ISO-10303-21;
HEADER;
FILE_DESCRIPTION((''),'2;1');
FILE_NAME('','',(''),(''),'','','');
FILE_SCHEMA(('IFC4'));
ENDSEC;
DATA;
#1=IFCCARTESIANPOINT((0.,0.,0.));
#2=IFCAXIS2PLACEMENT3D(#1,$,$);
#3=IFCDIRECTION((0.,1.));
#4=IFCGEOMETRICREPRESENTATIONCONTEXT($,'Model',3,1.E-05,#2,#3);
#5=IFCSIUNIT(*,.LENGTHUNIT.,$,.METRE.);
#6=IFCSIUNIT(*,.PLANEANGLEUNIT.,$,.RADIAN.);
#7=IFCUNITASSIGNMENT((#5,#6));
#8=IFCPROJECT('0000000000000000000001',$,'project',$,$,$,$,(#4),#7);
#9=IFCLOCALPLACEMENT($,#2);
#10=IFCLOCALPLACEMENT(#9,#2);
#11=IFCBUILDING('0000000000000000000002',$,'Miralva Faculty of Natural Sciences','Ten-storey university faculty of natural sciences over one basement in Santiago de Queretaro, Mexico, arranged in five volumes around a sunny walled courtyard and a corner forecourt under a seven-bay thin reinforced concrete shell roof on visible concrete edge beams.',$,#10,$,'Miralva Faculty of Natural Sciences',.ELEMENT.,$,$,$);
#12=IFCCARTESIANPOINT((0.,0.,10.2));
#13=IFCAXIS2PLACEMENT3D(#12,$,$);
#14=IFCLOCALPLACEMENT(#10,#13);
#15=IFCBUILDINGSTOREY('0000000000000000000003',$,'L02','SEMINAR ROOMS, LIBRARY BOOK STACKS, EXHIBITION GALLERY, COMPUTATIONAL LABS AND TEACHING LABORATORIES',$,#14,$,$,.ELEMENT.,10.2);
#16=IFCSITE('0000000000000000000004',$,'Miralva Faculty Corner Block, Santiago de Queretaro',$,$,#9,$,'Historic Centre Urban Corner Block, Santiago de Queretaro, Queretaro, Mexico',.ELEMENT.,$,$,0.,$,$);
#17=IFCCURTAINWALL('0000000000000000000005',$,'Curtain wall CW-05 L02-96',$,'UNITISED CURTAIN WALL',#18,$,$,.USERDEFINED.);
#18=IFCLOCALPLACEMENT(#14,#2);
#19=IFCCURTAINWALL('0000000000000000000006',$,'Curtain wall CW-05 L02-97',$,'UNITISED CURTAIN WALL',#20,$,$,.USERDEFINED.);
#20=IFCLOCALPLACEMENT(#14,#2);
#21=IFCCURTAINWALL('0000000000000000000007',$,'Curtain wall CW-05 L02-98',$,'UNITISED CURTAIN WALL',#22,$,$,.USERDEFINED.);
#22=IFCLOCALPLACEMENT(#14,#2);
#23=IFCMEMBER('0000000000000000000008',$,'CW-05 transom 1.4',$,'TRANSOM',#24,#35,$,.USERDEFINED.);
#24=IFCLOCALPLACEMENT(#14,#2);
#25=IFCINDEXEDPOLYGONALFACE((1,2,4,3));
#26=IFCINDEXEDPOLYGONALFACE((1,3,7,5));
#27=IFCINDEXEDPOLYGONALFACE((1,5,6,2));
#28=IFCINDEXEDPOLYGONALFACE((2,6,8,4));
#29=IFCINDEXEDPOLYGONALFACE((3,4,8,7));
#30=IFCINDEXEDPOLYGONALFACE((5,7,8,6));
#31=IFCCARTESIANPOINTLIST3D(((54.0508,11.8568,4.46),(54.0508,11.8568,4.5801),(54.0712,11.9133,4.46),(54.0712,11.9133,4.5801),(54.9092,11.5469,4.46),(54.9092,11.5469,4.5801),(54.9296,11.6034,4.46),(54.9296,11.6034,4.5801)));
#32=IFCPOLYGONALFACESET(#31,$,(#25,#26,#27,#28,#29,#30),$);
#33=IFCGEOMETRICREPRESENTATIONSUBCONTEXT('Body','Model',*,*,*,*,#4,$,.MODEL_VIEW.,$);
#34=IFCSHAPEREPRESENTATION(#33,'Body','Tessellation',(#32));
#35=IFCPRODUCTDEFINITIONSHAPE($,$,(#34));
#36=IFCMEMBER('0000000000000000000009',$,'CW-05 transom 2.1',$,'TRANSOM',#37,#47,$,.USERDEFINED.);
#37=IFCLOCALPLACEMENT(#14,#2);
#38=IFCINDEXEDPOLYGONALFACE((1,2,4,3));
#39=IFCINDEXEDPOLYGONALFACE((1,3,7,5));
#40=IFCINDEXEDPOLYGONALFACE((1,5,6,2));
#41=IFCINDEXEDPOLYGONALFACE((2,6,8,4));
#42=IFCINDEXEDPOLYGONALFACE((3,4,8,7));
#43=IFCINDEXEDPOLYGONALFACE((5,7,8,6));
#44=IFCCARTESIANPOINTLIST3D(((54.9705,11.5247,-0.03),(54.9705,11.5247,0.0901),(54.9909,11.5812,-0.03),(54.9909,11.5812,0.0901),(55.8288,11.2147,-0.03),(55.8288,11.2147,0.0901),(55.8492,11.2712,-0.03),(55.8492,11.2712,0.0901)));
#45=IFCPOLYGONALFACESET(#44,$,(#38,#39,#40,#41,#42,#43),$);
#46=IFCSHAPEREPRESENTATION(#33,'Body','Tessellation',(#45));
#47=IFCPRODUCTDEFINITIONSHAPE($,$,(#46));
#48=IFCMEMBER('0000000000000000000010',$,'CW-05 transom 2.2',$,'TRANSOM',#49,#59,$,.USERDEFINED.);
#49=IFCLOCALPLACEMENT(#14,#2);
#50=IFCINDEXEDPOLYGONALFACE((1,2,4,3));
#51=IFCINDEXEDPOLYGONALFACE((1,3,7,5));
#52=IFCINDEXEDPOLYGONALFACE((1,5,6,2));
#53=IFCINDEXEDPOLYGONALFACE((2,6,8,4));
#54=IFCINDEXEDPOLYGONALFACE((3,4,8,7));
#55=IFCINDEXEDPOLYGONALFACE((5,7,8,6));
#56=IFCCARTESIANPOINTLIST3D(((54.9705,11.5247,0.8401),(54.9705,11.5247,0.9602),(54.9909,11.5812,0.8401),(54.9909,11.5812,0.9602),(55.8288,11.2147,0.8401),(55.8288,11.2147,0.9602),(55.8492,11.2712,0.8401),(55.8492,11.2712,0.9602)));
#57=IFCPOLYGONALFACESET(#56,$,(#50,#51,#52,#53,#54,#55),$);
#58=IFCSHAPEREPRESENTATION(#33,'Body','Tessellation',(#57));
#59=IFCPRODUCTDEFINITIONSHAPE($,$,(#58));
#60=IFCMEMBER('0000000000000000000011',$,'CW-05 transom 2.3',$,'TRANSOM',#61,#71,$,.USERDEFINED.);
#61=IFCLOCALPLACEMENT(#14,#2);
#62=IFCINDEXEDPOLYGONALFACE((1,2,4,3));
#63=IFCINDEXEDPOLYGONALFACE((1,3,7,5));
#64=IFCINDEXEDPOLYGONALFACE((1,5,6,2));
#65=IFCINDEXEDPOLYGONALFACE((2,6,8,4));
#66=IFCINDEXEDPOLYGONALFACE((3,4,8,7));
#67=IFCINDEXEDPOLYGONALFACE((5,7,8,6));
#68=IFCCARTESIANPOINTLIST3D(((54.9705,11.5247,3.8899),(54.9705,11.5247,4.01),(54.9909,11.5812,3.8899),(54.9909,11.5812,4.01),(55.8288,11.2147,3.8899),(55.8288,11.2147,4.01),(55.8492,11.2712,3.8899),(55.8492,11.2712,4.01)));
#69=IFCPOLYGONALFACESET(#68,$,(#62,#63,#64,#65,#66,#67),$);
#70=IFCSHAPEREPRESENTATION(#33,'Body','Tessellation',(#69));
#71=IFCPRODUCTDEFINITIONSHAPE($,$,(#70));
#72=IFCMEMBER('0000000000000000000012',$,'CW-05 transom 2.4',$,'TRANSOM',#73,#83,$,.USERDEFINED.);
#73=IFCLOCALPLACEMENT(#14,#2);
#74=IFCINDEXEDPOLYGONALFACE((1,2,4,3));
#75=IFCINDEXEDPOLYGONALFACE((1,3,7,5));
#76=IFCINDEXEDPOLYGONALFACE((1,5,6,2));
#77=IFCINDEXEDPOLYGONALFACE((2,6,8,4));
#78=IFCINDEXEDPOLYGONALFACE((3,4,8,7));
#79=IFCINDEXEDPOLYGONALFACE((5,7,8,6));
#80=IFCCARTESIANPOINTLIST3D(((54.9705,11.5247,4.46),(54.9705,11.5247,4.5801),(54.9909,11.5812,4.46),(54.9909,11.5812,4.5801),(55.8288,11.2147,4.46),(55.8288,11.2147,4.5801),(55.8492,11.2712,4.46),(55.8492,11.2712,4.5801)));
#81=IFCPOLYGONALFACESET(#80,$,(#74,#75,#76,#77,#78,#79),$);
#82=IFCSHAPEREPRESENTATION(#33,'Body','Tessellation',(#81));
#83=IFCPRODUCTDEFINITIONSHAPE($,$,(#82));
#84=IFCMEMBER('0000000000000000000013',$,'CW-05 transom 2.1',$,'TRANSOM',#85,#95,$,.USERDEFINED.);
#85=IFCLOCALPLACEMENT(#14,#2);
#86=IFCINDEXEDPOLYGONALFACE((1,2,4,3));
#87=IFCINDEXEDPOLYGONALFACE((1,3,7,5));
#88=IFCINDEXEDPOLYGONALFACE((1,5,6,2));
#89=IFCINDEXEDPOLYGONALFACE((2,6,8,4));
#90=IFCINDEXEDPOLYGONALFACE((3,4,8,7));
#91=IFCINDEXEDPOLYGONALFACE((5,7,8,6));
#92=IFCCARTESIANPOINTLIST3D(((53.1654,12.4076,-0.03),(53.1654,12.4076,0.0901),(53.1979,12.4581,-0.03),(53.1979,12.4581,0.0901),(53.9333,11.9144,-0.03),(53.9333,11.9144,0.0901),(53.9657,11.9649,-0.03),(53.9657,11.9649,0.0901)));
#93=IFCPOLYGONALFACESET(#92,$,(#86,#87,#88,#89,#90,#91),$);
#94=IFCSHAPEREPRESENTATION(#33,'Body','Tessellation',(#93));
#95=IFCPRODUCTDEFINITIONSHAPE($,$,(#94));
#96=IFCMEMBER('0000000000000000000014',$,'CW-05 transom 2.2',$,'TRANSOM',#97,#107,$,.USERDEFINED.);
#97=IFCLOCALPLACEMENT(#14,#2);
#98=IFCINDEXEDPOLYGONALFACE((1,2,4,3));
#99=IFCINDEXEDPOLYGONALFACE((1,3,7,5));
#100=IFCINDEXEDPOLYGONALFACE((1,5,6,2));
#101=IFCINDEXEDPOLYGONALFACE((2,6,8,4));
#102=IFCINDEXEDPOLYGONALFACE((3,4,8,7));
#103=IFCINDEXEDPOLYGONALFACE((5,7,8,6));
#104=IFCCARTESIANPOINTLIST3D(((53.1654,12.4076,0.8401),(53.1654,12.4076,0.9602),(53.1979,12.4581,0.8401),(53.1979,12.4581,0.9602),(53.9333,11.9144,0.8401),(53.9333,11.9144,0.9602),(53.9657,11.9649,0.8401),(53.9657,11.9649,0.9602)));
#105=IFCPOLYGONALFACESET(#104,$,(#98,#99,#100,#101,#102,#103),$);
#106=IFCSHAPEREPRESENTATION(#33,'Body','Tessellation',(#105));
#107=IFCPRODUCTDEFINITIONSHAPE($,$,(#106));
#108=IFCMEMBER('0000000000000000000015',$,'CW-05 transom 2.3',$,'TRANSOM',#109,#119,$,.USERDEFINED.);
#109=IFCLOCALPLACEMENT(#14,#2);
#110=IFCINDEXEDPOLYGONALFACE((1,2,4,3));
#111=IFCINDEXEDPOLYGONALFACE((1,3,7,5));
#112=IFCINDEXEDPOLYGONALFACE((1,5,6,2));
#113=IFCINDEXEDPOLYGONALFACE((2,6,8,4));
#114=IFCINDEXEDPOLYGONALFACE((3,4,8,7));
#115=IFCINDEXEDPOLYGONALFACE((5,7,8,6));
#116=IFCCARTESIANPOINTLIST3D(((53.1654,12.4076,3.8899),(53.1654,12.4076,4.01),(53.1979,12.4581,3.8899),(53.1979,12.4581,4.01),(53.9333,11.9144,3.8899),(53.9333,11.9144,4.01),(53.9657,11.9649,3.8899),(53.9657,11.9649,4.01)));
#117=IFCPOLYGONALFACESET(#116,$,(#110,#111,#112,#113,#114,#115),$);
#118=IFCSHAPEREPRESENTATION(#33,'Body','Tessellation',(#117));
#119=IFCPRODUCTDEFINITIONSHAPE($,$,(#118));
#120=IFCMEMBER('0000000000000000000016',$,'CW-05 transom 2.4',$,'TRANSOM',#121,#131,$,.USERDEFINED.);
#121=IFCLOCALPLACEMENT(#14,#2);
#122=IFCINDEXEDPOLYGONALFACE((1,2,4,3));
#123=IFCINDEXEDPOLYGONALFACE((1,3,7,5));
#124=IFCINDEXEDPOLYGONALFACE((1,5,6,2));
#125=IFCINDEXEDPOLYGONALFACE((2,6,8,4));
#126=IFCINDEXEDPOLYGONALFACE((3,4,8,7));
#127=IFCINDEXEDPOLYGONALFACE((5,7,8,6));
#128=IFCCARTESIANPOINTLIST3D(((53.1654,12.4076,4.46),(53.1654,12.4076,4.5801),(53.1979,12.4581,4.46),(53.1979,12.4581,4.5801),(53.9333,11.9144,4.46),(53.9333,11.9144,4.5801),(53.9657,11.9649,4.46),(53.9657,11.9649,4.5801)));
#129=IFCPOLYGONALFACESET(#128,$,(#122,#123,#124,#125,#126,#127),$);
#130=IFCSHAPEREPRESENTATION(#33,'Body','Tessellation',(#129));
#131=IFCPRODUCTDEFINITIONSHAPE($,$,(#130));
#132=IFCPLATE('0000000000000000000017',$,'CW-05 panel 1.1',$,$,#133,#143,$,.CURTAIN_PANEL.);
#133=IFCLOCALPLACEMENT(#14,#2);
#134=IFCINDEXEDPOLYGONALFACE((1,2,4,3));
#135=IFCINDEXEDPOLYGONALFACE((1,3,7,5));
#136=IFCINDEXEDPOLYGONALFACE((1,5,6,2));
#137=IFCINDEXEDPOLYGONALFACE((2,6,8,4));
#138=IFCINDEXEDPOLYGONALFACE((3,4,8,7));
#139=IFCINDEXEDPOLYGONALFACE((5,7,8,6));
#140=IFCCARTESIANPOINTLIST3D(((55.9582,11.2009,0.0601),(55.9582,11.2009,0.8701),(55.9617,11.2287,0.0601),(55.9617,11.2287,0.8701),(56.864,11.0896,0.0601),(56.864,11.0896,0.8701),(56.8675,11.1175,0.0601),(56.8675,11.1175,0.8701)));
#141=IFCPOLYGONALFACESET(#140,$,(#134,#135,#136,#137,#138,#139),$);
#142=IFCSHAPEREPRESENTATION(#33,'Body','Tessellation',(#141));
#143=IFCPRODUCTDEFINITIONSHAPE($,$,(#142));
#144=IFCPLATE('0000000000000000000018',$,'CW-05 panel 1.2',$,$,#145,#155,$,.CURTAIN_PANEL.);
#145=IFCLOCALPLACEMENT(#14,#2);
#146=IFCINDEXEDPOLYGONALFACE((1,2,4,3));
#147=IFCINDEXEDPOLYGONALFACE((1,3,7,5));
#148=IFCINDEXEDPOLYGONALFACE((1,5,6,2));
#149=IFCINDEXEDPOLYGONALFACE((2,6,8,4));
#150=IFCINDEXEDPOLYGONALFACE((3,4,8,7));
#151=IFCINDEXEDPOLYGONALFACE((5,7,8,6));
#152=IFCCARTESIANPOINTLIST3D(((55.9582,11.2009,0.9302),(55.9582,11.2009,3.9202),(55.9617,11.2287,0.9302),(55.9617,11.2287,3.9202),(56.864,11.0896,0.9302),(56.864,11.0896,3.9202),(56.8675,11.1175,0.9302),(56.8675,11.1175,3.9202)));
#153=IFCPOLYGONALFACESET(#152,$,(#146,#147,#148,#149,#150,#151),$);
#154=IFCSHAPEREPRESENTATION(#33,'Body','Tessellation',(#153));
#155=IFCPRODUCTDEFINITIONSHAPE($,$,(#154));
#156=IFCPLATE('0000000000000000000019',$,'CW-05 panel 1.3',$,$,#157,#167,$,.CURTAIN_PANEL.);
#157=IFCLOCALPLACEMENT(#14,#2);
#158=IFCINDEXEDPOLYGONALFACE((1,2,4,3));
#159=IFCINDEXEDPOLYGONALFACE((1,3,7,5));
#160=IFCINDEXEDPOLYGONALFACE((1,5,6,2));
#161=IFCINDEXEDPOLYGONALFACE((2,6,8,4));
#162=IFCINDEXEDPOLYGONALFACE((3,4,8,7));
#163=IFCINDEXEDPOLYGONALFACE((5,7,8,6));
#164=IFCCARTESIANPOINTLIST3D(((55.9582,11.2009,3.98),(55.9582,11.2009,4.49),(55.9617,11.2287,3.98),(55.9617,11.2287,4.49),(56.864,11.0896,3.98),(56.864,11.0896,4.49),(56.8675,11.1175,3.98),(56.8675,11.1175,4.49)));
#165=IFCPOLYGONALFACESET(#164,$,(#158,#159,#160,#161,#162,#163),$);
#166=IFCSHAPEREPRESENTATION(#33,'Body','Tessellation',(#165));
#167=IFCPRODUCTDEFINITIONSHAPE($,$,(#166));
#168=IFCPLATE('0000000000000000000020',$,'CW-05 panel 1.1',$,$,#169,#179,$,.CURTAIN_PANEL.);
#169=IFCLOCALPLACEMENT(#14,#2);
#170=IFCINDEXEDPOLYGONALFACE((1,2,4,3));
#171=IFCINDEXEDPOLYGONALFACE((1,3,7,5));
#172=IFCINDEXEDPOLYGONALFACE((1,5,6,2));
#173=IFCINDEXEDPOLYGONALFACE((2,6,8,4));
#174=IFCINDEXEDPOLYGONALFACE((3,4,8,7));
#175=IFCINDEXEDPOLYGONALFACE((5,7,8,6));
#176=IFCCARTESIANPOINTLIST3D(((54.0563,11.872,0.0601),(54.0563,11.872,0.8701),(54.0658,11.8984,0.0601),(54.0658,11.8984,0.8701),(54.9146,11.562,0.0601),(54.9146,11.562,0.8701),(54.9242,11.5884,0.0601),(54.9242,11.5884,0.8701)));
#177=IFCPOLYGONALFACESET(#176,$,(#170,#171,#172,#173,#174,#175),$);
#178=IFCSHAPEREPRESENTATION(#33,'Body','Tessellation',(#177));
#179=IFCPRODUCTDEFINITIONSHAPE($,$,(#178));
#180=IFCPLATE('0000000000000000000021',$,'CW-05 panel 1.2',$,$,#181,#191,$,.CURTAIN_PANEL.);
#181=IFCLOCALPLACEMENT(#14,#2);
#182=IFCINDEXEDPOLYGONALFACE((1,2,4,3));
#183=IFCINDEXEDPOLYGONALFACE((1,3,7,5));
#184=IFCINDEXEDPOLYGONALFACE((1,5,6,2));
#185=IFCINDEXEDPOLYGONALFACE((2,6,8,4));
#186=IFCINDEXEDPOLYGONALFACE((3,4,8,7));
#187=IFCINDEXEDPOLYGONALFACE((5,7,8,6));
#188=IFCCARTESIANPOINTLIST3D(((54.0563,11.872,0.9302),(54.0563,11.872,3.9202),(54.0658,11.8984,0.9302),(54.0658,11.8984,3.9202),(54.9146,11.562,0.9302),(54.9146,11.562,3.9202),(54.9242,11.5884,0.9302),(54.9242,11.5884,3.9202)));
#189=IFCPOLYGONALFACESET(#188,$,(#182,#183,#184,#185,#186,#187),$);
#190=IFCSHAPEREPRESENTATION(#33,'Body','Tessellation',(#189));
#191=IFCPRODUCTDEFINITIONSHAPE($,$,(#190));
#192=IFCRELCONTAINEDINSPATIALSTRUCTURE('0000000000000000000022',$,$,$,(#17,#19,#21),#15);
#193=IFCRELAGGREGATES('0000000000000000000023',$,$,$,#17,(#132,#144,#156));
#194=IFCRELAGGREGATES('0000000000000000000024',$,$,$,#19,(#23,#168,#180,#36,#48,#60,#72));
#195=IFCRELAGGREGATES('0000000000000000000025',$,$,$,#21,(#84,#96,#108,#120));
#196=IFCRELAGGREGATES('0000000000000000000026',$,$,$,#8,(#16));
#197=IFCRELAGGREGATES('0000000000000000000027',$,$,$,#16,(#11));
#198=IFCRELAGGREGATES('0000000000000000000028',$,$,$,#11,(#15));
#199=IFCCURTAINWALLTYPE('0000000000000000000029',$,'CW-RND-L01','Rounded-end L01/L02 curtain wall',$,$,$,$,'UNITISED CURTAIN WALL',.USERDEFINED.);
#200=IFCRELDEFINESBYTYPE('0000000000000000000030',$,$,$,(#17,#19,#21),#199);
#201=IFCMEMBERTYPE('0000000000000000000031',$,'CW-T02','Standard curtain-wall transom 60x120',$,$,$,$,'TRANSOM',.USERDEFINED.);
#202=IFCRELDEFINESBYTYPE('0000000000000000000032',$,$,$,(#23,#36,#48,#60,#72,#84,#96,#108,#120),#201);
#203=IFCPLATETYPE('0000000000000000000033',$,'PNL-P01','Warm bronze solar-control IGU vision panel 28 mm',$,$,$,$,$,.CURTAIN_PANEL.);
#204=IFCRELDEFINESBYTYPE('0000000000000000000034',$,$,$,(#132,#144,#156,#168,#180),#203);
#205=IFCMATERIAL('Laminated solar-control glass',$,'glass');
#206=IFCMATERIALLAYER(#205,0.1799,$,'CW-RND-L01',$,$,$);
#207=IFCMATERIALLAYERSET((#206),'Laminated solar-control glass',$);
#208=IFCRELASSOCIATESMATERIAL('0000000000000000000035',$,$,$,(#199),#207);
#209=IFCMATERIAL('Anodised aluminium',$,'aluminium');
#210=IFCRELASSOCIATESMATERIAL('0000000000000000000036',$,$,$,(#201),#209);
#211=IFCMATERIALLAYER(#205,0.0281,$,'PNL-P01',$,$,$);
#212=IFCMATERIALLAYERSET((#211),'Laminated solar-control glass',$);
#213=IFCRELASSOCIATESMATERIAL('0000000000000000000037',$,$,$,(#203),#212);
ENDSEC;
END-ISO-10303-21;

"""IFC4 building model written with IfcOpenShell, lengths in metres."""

from ifc_helpers import new_model, si_unit, direction, frame, origin, origin_2d, place, context, subcontext, project, spatial, rectangle, extrude, material, layer, layer_set, material_profile, profile_set, type_object, element, aggregate, save


model = new_model("IFC4")

# Units and contexts
model_context = context("Model", 3, precision=1e-05, world=origin(), true_north=direction((0.0, 1.0)))
body_context = subcontext(model_context, "Body", "Model", "MODEL_VIEW")
ifc_project = project(units=[si_unit("LENGTHUNIT", "METRE"), si_unit("PLANEANGLEUNIT", "RADIAN")], contexts=[model_context])

# Site, building, storey
site_placement = place(None, origin())
site = spatial("IfcSite", under=ifc_project, at=site_placement, Name="Miralva Faculty Corner Block, Santiago de Queretaro", LongName="Historic Centre Urban Corner Block, Santiago de Queretaro, Queretaro, Mexico", CompositionType="ELEMENT", RefElevation=0.0)
building_placement = place(site_placement, origin())
building = spatial("IfcBuilding", under=site, at=building_placement, Name="Miralva Faculty of Natural Sciences", Description="Ten-storey university faculty of natural sciences over one basement in Santiago de Queretaro, Mexico, arranged in five volumes around a sunny walled courtyard and a corner forecourt under a seven-bay thin reinforced concrete shell roof on visible concrete edge beams.", LongName="Miralva Faculty of Natural Sciences", CompositionType="ELEMENT")
storey_placement = place(building_placement, frame((0.0, 0.0, 10.2)))
storey = spatial("IfcBuildingStorey", under=building, at=storey_placement, Name="L02", Description="SEMINAR ROOMS, LIBRARY BOOK STACKS, EXHIBITION GALLERY, COMPUTATIONAL LABS AND TEACHING LABORATORIES", CompositionType="ELEMENT", Elevation=10.2)

# Curtain walls
ifc_material_1 = material(Name="Laminated solar-control glass", Category="glass")
ifc_layer_1 = layer(ifc_material_1, 0.1799, Name="CW-RND-L01")
ifc_layer_set_1 = layer_set([ifc_layer_1], Name="Laminated solar-control glass")
curtain_wall_type = type_object("IfcCurtainWallType", Name="CW-RND-L01", Description="Rounded-end L01/L02 curtain wall", ElementType="UNITISED CURTAIN WALL", PredefinedType="USERDEFINED", material=ifc_layer_set_1)
curtain_wall_1_placement = place(storey_placement, origin())
curtain_wall_1 = element("IfcCurtainWall", 1, at=curtain_wall_1_placement, inside=storey, type_object=curtain_wall_type, Name="Curtain wall CW-05 L02-96", ObjectType="UNITISED CURTAIN WALL", PredefinedType="USERDEFINED")
ifc_material_2 = material(Name="Anodised aluminium", Category="aluminium")
curtain_wall_2_placement = place(storey_placement, origin())
curtain_wall_2 = element("IfcCurtainWall", 2, at=curtain_wall_2_placement, inside=storey, type_object=curtain_wall_type, Name="Curtain wall CW-05 L02-97", ObjectType="UNITISED CURTAIN WALL", PredefinedType="USERDEFINED")
curtain_wall_3_placement = place(storey_placement, origin())
curtain_wall_3 = element("IfcCurtainWall", 3, at=curtain_wall_3_placement, inside=storey, type_object=curtain_wall_type, Name="Curtain wall CW-05 L02-98", ObjectType="UNITISED CURTAIN WALL", PredefinedType="USERDEFINED")

# Members
ifc_material_profile_1 = material_profile(ifc_material_2, rectangle(XDim=0.0601, YDim=0.1201, at=origin_2d()), Name="TRANSOM 60x120")
ifc_profile_set_1 = profile_set([ifc_material_profile_1], Name="Anodised aluminium")
member_type_1 = type_object("IfcMemberType", Name="CW-T02", Description="Standard curtain-wall transom 60x120", ElementType="TRANSOM", PredefinedType="USERDEFINED", material=ifc_profile_set_1)
member_1_placement = place(storey_placement, frame((54.061, 11.885, 4.52), z_axis=(0.940611, -0.339487, 0.0), x_axis=(0.339487, 0.940611, 0.0)))
member_1 = element("IfcMember", 4, at=member_1_placement, type_object=member_type_1, Name="CW-05 transom 1.4", ObjectType="TRANSOM", PredefinedType="USERDEFINED", context=body_context, shape_type="SweptSolid", body=[
    extrude(rectangle(XDim=0.0601, YDim=0.1201, at=origin_2d()), origin(), (0.0, 0.0, 1.0), 0.9126),
])
member_2_placement = place(storey_placement, frame((54.9807, 11.553, 0.03), z_axis=(0.940525, -0.339723, 0.0), x_axis=(0.339723, 0.940525, 0.0)))
member_2 = element("IfcMember", 5, at=member_2_placement, type_object=member_type_1, Name="CW-05 transom 2.1", ObjectType="TRANSOM", PredefinedType="USERDEFINED", context=body_context, shape_type="SweptSolid", body=[
    extrude(rectangle(XDim=0.0601, YDim=0.1201, at=origin_2d()), origin(), (0.0, 0.0, 1.0), 0.9126),
])
member_3_placement = place(storey_placement, frame((54.9807, 11.553, 0.9001), z_axis=(0.940525, -0.339723, 0.0), x_axis=(0.339723, 0.940525, 0.0)))
member_3 = element("IfcMember", 6, at=member_3_placement, type_object=member_type_1, Name="CW-05 transom 2.2", ObjectType="TRANSOM", PredefinedType="USERDEFINED", context=body_context, shape_type="SweptSolid", body=[
    extrude(rectangle(XDim=0.0601, YDim=0.1201, at=origin_2d()), origin(), (0.0, 0.0, 1.0), 0.9126),
])
member_4_placement = place(storey_placement, frame((54.9807, 11.553, 3.95), z_axis=(0.940525, -0.339723, 0.0), x_axis=(0.339723, 0.940525, 0.0)))
member_4 = element("IfcMember", 7, at=member_4_placement, type_object=member_type_1, Name="CW-05 transom 2.3", ObjectType="TRANSOM", PredefinedType="USERDEFINED", context=body_context, shape_type="SweptSolid", body=[
    extrude(rectangle(XDim=0.0601, YDim=0.1201, at=origin_2d()), origin(), (0.0, 0.0, 1.0), 0.9126),
])
member_5_placement = place(storey_placement, frame((54.9807, 11.553, 4.52), z_axis=(0.940525, -0.339723, 0.0), x_axis=(0.339723, 0.940525, 0.0)))
member_5 = element("IfcMember", 8, at=member_5_placement, type_object=member_type_1, Name="CW-05 transom 2.4", ObjectType="TRANSOM", PredefinedType="USERDEFINED", context=body_context, shape_type="SweptSolid", body=[
    extrude(rectangle(XDim=0.0601, YDim=0.1201, at=origin_2d()), origin(), (0.0, 0.0, 1.0), 0.9126),
])
member_6_placement = place(storey_placement, frame((53.1816, 12.4329, 0.03), z_axis=(0.841396, -0.54042, 0.0), x_axis=(0.54042, 0.841396, 0.0)))
member_6 = element("IfcMember", 9, at=member_6_placement, type_object=member_type_1, Name="CW-05 transom 2.1", ObjectType="TRANSOM", PredefinedType="USERDEFINED", context=body_context, shape_type="SweptSolid", body=[
    extrude(rectangle(XDim=0.0601, YDim=0.1201, at=origin_2d()), origin(), (0.0, 0.0, 1.0), 0.9126),
])
member_7_placement = place(storey_placement, frame((53.1816, 12.4329, 0.9001), z_axis=(0.841396, -0.54042, 0.0), x_axis=(0.54042, 0.841396, 0.0)))
member_7 = element("IfcMember", 10, at=member_7_placement, type_object=member_type_1, Name="CW-05 transom 2.2", ObjectType="TRANSOM", PredefinedType="USERDEFINED", context=body_context, shape_type="SweptSolid", body=[
    extrude(rectangle(XDim=0.0601, YDim=0.1201, at=origin_2d()), origin(), (0.0, 0.0, 1.0), 0.9126),
])
member_8_placement = place(storey_placement, frame((53.1816, 12.4329, 3.95), z_axis=(0.841396, -0.54042, 0.0), x_axis=(0.54042, 0.841396, 0.0)))
member_8 = element("IfcMember", 11, at=member_8_placement, type_object=member_type_1, Name="CW-05 transom 2.3", ObjectType="TRANSOM", PredefinedType="USERDEFINED", context=body_context, shape_type="SweptSolid", body=[
    extrude(rectangle(XDim=0.0601, YDim=0.1201, at=origin_2d()), origin(), (0.0, 0.0, 1.0), 0.9126),
])
member_9_placement = place(storey_placement, frame((53.1816, 12.4329, 4.52), z_axis=(0.841396, -0.54042, 0.0), x_axis=(0.54042, 0.841396, 0.0)))
member_9 = element("IfcMember", 12, at=member_9_placement, type_object=member_type_1, Name="CW-05 transom 2.4", ObjectType="TRANSOM", PredefinedType="USERDEFINED", context=body_context, shape_type="SweptSolid", body=[
    extrude(rectangle(XDim=0.0601, YDim=0.1201, at=origin_2d()), origin(), (0.0, 0.0, 1.0), 0.9126),
])

# Plates
ifc_layer_2 = layer(ifc_material_1, 0.0281, Name="PNL-P01")
ifc_layer_set_2 = layer_set([ifc_layer_2], Name="Laminated solar-control glass")
plate_type = type_object("IfcPlateType", Name="PNL-P01", Description="Warm bronze solar-control IGU vision panel 28 mm", PredefinedType="CURTAIN_PANEL", material=ifc_layer_set_2)
plate_1_placement = place(storey_placement, frame((56.4128, 11.1592, 0.0601), z_axis=(0.0, 0.0, 1.0), x_axis=(0.992547, -0.12186, 0.0)))
plate_1 = element("IfcPlate", 13, at=plate_1_placement, type_object=plate_type, Name="CW-05 panel 1.1", PredefinedType="CURTAIN_PANEL", context=body_context, shape_type="SweptSolid", body=[
    extrude(rectangle(XDim=0.9126, YDim=0.0281, at=origin_2d()), origin(), (0.0, 0.0, 1.0), 0.8101),
])
plate_2_placement = place(storey_placement, frame((56.4128, 11.1592, 0.9302), z_axis=(0.0, 0.0, 1.0), x_axis=(0.992547, -0.12186, 0.0)))
plate_2 = element("IfcPlate", 14, at=plate_2_placement, type_object=plate_type, Name="CW-05 panel 1.2", PredefinedType="CURTAIN_PANEL", context=body_context, shape_type="SweptSolid", body=[
    extrude(rectangle(XDim=0.9126, YDim=0.0281, at=origin_2d()), origin(), (0.0, 0.0, 1.0), 2.99),
])
plate_3_placement = place(storey_placement, frame((56.4128, 11.1592, 3.98), z_axis=(0.0, 0.0, 1.0), x_axis=(0.992547, -0.12186, 0.0)))
plate_3 = element("IfcPlate", 15, at=plate_3_placement, type_object=plate_type, Name="CW-05 panel 1.3", PredefinedType="CURTAIN_PANEL", context=body_context, shape_type="SweptSolid", body=[
    extrude(rectangle(XDim=0.9126, YDim=0.0281, at=origin_2d()), origin(), (0.0, 0.0, 1.0), 0.51),
])
aggregate(curtain_wall_1, [plate_1, plate_2, plate_3])
plate_4_placement = place(storey_placement, frame((54.4902, 11.7302, 0.0601), z_axis=(0.0, 0.0, 1.0), x_axis=(0.940535, -0.339696, 0.0)))
plate_4 = element("IfcPlate", 16, at=plate_4_placement, type_object=plate_type, Name="CW-05 panel 1.1", PredefinedType="CURTAIN_PANEL", context=body_context, shape_type="SweptSolid", body=[
    extrude(rectangle(XDim=0.9126, YDim=0.0281, at=origin_2d()), origin(), (0.0, 0.0, 1.0), 0.8101),
])
plate_5_placement = place(storey_placement, frame((54.4902, 11.7302, 0.9302), z_axis=(0.0, 0.0, 1.0), x_axis=(0.940535, -0.339696, 0.0)))
plate_5 = element("IfcPlate", 17, at=plate_5_placement, type_object=plate_type, Name="CW-05 panel 1.2", PredefinedType="CURTAIN_PANEL", context=body_context, shape_type="SweptSolid", body=[
    extrude(rectangle(XDim=0.9126, YDim=0.0281, at=origin_2d()), origin(), (0.0, 0.0, 1.0), 2.99),
])
aggregate(curtain_wall_2, [member_1, plate_4, plate_5, member_2, member_3, member_4, member_5])
aggregate(curtain_wall_3, [member_6, member_7, member_8, member_9])

save(model, "model.ifc")
